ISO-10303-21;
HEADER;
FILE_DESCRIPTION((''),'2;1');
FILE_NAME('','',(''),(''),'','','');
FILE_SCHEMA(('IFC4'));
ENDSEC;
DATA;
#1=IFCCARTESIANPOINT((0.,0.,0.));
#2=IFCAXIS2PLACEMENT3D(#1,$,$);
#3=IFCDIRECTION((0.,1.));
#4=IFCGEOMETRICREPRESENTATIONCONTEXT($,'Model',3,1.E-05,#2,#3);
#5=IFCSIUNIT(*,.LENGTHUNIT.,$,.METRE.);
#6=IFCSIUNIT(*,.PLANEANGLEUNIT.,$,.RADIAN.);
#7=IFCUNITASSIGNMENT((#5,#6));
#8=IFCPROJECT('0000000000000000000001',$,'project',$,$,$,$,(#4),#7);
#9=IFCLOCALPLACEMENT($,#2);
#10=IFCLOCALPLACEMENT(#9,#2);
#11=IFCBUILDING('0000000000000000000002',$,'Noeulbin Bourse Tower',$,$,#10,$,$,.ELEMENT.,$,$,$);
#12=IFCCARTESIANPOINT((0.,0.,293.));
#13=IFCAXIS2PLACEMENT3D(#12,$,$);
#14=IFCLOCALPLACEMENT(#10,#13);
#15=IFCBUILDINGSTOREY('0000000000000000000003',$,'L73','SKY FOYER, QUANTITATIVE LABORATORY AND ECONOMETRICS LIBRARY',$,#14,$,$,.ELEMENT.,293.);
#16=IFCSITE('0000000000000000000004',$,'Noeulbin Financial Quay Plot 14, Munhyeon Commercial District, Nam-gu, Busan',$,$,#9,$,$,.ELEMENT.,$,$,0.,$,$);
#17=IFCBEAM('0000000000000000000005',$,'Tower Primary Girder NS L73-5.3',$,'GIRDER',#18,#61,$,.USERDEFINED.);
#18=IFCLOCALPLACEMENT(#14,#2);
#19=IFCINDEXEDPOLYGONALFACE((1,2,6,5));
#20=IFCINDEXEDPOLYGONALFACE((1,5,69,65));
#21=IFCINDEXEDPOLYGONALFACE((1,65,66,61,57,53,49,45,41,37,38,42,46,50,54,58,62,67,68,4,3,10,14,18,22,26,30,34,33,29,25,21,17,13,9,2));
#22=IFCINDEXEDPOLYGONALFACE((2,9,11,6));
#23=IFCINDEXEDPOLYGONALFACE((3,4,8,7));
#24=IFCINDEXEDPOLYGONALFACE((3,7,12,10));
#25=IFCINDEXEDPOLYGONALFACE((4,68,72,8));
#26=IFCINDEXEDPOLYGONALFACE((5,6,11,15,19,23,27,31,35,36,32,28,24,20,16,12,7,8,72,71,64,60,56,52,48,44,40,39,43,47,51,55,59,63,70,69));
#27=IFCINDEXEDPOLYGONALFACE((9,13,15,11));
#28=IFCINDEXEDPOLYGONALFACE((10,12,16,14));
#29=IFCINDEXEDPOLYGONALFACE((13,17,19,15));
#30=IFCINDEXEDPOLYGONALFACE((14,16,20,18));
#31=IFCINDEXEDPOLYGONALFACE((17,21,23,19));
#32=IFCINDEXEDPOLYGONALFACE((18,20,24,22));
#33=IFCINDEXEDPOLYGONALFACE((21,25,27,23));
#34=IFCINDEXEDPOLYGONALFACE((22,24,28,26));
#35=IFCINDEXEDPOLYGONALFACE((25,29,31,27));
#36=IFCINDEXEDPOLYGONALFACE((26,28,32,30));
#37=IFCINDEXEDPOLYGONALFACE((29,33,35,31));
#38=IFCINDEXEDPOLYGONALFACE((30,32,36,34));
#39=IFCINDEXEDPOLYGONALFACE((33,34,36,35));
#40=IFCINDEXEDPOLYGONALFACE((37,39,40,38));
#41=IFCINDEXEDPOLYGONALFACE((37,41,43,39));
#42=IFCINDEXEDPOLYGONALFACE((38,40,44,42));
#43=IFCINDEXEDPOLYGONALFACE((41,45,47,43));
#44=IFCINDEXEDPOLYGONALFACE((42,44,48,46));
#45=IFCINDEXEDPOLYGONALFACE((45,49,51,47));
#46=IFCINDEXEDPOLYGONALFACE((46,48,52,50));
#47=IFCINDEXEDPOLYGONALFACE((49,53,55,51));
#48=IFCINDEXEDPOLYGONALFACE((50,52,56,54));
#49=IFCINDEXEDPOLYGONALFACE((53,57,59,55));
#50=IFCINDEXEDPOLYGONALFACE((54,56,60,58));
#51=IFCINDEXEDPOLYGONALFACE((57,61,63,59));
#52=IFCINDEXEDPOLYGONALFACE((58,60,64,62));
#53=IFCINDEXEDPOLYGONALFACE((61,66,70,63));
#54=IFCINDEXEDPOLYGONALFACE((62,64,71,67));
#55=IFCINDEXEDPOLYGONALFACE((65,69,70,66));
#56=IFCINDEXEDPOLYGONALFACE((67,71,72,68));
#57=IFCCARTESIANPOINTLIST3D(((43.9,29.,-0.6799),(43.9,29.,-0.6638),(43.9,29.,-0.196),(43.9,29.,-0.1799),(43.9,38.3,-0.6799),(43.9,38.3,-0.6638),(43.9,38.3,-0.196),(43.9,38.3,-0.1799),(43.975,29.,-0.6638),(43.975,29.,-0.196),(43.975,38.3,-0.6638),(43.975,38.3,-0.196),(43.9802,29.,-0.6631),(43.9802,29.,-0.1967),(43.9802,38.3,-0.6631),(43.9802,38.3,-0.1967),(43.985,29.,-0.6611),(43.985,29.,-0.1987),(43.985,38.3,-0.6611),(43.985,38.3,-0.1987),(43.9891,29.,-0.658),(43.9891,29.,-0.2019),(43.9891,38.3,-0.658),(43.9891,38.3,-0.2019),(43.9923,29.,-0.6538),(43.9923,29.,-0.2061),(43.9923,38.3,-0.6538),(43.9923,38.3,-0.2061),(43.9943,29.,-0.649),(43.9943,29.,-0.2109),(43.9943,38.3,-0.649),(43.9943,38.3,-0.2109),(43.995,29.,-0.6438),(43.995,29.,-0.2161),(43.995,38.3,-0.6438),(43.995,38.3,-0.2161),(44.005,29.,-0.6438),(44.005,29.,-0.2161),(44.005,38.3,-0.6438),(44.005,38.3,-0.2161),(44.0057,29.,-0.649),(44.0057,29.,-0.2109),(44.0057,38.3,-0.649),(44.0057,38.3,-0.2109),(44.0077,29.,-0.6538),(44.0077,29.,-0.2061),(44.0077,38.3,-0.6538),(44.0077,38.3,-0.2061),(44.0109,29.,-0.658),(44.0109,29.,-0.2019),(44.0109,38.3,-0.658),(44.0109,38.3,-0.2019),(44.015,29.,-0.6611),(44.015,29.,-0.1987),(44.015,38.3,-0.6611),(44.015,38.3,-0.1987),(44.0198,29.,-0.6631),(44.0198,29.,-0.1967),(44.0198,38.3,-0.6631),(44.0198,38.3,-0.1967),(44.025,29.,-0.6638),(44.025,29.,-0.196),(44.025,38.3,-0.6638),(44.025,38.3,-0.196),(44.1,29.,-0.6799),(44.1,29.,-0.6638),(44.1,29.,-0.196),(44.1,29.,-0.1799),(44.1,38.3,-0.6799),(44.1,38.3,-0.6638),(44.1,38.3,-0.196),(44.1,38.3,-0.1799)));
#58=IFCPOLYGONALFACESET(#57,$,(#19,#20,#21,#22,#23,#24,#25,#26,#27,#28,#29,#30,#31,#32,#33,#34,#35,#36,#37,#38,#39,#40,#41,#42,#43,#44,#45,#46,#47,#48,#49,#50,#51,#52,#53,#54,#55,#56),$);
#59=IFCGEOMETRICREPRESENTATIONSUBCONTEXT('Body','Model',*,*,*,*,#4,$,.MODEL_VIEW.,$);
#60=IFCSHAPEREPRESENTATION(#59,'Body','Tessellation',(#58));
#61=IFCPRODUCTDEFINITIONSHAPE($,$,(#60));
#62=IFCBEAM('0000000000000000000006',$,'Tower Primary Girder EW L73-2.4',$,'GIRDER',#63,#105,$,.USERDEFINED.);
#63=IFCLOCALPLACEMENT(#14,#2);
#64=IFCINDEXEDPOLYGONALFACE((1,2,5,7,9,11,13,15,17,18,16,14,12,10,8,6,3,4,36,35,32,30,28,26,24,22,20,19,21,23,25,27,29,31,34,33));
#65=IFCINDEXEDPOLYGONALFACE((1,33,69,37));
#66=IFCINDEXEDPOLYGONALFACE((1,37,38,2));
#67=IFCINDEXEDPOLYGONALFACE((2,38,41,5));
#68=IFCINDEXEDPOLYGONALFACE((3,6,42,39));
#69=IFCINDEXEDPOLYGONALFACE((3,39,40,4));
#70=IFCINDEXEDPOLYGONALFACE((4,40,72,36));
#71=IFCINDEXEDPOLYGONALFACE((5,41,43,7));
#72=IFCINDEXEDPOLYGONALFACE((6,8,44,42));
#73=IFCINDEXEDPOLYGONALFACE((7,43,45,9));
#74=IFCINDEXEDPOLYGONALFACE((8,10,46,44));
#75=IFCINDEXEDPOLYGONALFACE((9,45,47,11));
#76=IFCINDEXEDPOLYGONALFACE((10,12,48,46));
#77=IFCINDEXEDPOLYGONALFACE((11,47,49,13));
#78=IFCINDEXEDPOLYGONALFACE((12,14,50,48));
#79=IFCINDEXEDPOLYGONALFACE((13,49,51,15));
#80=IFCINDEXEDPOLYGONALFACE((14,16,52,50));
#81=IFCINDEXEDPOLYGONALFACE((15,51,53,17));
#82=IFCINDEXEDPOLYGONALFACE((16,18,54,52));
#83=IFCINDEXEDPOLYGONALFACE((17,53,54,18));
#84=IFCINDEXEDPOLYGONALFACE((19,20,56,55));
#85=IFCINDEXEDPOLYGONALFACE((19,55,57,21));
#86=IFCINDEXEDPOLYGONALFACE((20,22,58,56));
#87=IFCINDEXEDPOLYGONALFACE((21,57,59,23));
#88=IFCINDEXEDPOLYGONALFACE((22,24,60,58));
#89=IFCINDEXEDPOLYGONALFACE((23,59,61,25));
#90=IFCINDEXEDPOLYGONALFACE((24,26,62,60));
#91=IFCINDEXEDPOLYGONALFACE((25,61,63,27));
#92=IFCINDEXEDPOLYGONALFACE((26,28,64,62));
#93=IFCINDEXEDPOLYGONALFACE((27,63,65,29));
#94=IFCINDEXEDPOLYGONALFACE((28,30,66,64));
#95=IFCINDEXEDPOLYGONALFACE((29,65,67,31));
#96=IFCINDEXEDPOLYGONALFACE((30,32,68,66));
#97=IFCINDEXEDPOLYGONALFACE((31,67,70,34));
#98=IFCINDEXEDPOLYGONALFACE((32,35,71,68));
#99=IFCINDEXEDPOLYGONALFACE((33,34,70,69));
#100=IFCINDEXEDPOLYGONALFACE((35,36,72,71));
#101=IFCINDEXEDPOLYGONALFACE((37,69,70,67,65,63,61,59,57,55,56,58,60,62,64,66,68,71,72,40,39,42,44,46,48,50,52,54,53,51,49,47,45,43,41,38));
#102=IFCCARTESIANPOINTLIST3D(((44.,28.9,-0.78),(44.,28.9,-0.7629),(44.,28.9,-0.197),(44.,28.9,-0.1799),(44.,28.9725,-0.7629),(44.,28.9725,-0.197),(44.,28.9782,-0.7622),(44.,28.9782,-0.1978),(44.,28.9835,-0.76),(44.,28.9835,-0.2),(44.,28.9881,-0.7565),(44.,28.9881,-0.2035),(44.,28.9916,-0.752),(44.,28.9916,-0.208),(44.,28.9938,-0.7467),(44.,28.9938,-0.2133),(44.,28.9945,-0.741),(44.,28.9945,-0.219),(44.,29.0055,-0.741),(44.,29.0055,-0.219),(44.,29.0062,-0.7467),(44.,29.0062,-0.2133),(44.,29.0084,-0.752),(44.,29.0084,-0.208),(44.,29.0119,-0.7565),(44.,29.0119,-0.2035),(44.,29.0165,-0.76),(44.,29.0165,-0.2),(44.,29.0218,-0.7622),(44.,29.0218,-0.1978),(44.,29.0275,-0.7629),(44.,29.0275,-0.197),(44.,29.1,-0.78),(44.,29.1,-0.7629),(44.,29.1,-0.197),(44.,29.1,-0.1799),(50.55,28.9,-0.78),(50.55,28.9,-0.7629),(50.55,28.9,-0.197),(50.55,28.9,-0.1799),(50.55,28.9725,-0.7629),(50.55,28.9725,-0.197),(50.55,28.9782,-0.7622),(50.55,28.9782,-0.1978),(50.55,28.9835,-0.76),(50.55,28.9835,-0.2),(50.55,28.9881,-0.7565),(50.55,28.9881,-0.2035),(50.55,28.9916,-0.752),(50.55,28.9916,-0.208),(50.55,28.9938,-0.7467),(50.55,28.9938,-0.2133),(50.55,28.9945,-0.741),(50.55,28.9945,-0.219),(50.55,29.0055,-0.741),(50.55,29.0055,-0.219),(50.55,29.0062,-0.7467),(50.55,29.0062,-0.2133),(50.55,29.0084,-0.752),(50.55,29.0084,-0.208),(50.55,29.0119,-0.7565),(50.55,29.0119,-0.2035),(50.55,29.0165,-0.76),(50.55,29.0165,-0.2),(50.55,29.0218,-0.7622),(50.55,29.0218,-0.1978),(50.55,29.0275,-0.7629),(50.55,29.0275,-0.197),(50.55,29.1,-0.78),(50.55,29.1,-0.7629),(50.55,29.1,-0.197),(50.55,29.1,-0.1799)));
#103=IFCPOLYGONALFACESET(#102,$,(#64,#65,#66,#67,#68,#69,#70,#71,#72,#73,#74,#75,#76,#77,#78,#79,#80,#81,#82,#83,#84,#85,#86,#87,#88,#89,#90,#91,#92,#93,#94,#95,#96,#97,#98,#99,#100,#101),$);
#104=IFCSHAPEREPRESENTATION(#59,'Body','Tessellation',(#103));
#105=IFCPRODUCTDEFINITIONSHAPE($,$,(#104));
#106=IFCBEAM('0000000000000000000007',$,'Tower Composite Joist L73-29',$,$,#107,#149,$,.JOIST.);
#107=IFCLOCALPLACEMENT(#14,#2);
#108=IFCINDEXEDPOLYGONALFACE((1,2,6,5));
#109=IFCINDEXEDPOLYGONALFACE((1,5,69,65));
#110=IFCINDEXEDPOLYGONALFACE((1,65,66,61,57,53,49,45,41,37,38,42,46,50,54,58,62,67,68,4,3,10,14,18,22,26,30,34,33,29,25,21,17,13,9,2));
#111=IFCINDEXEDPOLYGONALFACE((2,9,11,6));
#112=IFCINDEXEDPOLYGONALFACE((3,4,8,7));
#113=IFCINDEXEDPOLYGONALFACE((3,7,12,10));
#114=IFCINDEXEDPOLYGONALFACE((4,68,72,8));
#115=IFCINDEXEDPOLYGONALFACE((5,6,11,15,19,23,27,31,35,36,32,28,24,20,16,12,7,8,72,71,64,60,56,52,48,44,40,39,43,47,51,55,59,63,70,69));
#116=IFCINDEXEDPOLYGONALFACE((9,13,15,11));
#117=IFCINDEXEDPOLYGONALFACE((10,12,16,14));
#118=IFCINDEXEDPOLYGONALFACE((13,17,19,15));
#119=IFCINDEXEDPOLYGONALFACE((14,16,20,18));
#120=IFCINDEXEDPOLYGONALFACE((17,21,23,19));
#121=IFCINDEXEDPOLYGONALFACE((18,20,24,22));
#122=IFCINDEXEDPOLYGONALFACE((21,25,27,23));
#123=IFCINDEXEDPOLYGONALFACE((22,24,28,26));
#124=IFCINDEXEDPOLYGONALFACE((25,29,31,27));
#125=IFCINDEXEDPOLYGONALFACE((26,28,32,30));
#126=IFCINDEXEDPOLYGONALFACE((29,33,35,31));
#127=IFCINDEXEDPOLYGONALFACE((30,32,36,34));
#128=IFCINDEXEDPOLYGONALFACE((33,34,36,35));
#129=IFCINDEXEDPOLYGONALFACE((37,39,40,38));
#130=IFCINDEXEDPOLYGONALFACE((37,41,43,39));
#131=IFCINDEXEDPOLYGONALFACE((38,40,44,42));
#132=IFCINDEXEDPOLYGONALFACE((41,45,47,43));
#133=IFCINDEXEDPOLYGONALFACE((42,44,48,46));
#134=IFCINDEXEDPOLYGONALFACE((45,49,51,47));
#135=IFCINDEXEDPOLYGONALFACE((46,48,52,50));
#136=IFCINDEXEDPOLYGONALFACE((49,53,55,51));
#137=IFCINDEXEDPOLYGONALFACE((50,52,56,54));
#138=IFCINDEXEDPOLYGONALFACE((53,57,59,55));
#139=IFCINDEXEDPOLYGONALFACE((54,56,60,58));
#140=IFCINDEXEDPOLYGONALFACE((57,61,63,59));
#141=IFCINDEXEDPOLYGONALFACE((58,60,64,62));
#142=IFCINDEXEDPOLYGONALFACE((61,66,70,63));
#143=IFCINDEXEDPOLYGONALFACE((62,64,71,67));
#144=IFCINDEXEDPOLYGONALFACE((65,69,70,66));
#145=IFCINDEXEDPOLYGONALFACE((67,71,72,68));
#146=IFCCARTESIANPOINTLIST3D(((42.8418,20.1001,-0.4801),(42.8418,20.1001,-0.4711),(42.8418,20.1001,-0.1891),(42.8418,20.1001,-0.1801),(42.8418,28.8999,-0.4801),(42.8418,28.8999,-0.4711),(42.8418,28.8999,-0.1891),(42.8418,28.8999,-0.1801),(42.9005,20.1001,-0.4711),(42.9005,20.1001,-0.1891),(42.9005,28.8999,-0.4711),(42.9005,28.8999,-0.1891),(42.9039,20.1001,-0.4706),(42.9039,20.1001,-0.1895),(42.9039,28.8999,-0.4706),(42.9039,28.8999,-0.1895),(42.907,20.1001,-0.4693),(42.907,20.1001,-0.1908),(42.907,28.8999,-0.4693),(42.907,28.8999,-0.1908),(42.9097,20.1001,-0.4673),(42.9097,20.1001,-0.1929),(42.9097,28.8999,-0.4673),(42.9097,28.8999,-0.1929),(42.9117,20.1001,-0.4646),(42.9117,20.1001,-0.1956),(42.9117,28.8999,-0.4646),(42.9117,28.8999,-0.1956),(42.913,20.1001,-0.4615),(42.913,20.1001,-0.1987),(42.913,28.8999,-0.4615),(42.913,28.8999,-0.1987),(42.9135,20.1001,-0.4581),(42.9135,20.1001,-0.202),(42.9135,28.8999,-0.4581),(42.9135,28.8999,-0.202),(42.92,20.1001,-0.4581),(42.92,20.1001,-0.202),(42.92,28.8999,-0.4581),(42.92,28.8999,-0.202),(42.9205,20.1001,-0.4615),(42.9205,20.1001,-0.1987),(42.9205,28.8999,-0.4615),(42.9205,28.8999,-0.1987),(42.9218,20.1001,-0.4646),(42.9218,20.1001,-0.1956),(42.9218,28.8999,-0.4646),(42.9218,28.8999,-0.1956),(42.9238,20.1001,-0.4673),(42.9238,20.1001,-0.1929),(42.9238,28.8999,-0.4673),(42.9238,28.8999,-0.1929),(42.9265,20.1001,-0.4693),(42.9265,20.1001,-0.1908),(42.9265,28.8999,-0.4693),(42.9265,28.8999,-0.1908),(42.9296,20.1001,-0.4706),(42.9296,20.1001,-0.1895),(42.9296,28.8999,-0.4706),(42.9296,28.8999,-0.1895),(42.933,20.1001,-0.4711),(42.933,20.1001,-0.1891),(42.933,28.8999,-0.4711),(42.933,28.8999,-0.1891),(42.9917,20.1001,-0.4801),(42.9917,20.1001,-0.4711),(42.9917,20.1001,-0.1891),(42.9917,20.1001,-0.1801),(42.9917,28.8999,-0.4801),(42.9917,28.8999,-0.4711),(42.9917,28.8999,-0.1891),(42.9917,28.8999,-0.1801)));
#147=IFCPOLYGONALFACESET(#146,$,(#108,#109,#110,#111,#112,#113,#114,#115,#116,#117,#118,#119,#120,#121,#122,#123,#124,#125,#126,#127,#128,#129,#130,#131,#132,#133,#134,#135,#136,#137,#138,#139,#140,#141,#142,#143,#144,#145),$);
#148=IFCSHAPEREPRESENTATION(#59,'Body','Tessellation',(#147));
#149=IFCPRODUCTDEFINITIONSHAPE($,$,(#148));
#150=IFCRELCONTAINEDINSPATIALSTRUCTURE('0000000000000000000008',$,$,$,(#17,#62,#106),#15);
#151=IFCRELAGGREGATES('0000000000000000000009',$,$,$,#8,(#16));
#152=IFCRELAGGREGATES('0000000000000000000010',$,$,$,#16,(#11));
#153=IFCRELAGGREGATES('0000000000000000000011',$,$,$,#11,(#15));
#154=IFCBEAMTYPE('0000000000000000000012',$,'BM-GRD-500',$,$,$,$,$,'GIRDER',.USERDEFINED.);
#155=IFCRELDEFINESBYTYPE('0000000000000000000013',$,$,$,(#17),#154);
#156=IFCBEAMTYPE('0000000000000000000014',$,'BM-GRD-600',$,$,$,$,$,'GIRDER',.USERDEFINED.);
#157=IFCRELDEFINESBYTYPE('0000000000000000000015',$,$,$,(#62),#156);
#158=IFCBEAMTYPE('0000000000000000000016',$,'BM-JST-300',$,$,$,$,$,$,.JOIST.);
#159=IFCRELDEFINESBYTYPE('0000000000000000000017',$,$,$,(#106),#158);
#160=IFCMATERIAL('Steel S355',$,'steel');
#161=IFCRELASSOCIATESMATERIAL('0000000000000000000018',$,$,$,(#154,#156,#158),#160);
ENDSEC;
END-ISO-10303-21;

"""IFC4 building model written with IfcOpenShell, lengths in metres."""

from ifc_helpers import new_model, si_unit, direction, frame, origin, origin_2d, place, context, subcontext, project, spatial, i_section, extrude, material, material_profile, profile_set, type_object, element, save


model = new_model("IFC4")

# Units and contexts
model_context = context("Model", 3, precision=1e-05, world=origin(), true_north=direction((0.0, 1.0)))
body_context = subcontext(model_context, "Body", "Model", "MODEL_VIEW")
ifc_project = project(units=[si_unit("LENGTHUNIT", "METRE"), si_unit("PLANEANGLEUNIT", "RADIAN")], contexts=[model_context])

# Site, building, storey
site_placement = place(None, origin())
site = spatial("IfcSite", under=ifc_project, at=site_placement, Name="Noeulbin Financial Quay Plot 14, Munhyeon Commercial District, Nam-gu, Busan", CompositionType="ELEMENT", RefElevation=0.0)
building_placement = place(site_placement, origin())
building = spatial("IfcBuilding", under=site, at=building_placement, Name="Noeulbin Bourse Tower", CompositionType="ELEMENT")
storey_placement = place(building_placement, frame((0.0, 0.0, 293.0)))
storey = spatial("IfcBuildingStorey", under=building, at=storey_placement, Name="L73", Description="SKY FOYER, QUANTITATIVE LABORATORY AND ECONOMETRICS LIBRARY", CompositionType="ELEMENT", Elevation=293.0)

# Shared definitions
ifc_material_1 = material(Name="Steel S355", Category="steel")

# Beams
ifc_material_profile_1 = material_profile(ifc_material_1, i_section(OverallWidth=0.2, OverallDepth=0.5, WebThickness=0.01, FlangeThickness=0.0161, FilletRadius=0.02, at=origin_2d()), Name="H-500x200x10x16", Category="LoadBearing")
ifc_profile_set_1 = profile_set([ifc_material_profile_1], Name="Steel S355")
beam_type_1 = type_object("IfcBeamType", Name="BM-GRD-500", ElementType="GIRDER", PredefinedType="USERDEFINED", material=ifc_profile_set_1)
beam_1_placement = place(storey_placement, frame((44.0, 29.0, -0.4299), z_axis=(0.0, 1.0, 0.0), x_axis=(-1.0, 0.0, 0.0)))
element("IfcBeam", 1, at=beam_1_placement, inside=storey, type_object=beam_type_1, Name="Tower Primary Girder NS L73-5.3", ObjectType="GIRDER", PredefinedType="USERDEFINED", context=body_context, shape_type="SweptSolid", body=[
    extrude(i_section(OverallWidth=0.2, OverallDepth=0.5, WebThickness=0.01, FlangeThickness=0.0161, FilletRadius=0.02, at=origin_2d()), origin(), (0.0, 0.0, 1.0), 9.3),
])
ifc_material_profile_2 = material_profile(ifc_material_1, i_section(OverallWidth=0.2, OverallDepth=0.6001, WebThickness=0.011, FlangeThickness=0.0171, FilletRadius=0.022, at=origin_2d()), Name="H-600x200x11x17", Category="LoadBearing")
ifc_profile_set_2 = profile_set([ifc_material_profile_2], Name="Steel S355")
beam_type_2 = type_object("IfcBeamType", Name="BM-GRD-600", ElementType="GIRDER", PredefinedType="USERDEFINED", material=ifc_profile_set_2)
beam_2_placement = place(storey_placement, frame((44.0, 29.0, -0.48), z_axis=(1.0, 0.0, 0.0), x_axis=(0.0, 1.0, 0.0)))
element("IfcBeam", 2, at=beam_2_placement, inside=storey, type_object=beam_type_2, Name="Tower Primary Girder EW L73-2.4", ObjectType="GIRDER", PredefinedType="USERDEFINED", context=body_context, shape_type="SweptSolid", body=[
    extrude(i_section(OverallWidth=0.2, OverallDepth=0.6001, WebThickness=0.011, FlangeThickness=0.0171, FilletRadius=0.022, at=origin_2d()), origin(), (0.0, 0.0, 1.0), 6.55),
])
ifc_material_profile_3 = material_profile(ifc_material_1, i_section(OverallWidth=0.1499, OverallDepth=0.3, WebThickness=0.0066, FlangeThickness=0.009, FilletRadius=0.0129, at=origin_2d()), Name="H-300x150x6.5x9", Category="LoadBearing")
ifc_profile_set_3 = profile_set([ifc_material_profile_3], Name="Steel S355")
beam_type_3 = type_object("IfcBeamType", Name="BM-JST-300", PredefinedType="JOIST", material=ifc_profile_set_3)
beam_3_placement = place(storey_placement, frame((42.9167, 20.1001, -0.3301), z_axis=(0.0, 1.0, 0.0), x_axis=(-1.0, 0.0, 0.0)))
element("IfcBeam", 3, at=beam_3_placement, inside=storey, type_object=beam_type_3, Name="Tower Composite Joist L73-29", PredefinedType="JOIST", context=body_context, shape_type="SweptSolid", body=[
    extrude(i_section(OverallWidth=0.1499, OverallDepth=0.3, WebThickness=0.0066, FlangeThickness=0.009, FilletRadius=0.0129, at=origin_2d()), origin(), (0.0, 0.0, 1.0), 8.7998),
])

save(model, "model.ifc")
